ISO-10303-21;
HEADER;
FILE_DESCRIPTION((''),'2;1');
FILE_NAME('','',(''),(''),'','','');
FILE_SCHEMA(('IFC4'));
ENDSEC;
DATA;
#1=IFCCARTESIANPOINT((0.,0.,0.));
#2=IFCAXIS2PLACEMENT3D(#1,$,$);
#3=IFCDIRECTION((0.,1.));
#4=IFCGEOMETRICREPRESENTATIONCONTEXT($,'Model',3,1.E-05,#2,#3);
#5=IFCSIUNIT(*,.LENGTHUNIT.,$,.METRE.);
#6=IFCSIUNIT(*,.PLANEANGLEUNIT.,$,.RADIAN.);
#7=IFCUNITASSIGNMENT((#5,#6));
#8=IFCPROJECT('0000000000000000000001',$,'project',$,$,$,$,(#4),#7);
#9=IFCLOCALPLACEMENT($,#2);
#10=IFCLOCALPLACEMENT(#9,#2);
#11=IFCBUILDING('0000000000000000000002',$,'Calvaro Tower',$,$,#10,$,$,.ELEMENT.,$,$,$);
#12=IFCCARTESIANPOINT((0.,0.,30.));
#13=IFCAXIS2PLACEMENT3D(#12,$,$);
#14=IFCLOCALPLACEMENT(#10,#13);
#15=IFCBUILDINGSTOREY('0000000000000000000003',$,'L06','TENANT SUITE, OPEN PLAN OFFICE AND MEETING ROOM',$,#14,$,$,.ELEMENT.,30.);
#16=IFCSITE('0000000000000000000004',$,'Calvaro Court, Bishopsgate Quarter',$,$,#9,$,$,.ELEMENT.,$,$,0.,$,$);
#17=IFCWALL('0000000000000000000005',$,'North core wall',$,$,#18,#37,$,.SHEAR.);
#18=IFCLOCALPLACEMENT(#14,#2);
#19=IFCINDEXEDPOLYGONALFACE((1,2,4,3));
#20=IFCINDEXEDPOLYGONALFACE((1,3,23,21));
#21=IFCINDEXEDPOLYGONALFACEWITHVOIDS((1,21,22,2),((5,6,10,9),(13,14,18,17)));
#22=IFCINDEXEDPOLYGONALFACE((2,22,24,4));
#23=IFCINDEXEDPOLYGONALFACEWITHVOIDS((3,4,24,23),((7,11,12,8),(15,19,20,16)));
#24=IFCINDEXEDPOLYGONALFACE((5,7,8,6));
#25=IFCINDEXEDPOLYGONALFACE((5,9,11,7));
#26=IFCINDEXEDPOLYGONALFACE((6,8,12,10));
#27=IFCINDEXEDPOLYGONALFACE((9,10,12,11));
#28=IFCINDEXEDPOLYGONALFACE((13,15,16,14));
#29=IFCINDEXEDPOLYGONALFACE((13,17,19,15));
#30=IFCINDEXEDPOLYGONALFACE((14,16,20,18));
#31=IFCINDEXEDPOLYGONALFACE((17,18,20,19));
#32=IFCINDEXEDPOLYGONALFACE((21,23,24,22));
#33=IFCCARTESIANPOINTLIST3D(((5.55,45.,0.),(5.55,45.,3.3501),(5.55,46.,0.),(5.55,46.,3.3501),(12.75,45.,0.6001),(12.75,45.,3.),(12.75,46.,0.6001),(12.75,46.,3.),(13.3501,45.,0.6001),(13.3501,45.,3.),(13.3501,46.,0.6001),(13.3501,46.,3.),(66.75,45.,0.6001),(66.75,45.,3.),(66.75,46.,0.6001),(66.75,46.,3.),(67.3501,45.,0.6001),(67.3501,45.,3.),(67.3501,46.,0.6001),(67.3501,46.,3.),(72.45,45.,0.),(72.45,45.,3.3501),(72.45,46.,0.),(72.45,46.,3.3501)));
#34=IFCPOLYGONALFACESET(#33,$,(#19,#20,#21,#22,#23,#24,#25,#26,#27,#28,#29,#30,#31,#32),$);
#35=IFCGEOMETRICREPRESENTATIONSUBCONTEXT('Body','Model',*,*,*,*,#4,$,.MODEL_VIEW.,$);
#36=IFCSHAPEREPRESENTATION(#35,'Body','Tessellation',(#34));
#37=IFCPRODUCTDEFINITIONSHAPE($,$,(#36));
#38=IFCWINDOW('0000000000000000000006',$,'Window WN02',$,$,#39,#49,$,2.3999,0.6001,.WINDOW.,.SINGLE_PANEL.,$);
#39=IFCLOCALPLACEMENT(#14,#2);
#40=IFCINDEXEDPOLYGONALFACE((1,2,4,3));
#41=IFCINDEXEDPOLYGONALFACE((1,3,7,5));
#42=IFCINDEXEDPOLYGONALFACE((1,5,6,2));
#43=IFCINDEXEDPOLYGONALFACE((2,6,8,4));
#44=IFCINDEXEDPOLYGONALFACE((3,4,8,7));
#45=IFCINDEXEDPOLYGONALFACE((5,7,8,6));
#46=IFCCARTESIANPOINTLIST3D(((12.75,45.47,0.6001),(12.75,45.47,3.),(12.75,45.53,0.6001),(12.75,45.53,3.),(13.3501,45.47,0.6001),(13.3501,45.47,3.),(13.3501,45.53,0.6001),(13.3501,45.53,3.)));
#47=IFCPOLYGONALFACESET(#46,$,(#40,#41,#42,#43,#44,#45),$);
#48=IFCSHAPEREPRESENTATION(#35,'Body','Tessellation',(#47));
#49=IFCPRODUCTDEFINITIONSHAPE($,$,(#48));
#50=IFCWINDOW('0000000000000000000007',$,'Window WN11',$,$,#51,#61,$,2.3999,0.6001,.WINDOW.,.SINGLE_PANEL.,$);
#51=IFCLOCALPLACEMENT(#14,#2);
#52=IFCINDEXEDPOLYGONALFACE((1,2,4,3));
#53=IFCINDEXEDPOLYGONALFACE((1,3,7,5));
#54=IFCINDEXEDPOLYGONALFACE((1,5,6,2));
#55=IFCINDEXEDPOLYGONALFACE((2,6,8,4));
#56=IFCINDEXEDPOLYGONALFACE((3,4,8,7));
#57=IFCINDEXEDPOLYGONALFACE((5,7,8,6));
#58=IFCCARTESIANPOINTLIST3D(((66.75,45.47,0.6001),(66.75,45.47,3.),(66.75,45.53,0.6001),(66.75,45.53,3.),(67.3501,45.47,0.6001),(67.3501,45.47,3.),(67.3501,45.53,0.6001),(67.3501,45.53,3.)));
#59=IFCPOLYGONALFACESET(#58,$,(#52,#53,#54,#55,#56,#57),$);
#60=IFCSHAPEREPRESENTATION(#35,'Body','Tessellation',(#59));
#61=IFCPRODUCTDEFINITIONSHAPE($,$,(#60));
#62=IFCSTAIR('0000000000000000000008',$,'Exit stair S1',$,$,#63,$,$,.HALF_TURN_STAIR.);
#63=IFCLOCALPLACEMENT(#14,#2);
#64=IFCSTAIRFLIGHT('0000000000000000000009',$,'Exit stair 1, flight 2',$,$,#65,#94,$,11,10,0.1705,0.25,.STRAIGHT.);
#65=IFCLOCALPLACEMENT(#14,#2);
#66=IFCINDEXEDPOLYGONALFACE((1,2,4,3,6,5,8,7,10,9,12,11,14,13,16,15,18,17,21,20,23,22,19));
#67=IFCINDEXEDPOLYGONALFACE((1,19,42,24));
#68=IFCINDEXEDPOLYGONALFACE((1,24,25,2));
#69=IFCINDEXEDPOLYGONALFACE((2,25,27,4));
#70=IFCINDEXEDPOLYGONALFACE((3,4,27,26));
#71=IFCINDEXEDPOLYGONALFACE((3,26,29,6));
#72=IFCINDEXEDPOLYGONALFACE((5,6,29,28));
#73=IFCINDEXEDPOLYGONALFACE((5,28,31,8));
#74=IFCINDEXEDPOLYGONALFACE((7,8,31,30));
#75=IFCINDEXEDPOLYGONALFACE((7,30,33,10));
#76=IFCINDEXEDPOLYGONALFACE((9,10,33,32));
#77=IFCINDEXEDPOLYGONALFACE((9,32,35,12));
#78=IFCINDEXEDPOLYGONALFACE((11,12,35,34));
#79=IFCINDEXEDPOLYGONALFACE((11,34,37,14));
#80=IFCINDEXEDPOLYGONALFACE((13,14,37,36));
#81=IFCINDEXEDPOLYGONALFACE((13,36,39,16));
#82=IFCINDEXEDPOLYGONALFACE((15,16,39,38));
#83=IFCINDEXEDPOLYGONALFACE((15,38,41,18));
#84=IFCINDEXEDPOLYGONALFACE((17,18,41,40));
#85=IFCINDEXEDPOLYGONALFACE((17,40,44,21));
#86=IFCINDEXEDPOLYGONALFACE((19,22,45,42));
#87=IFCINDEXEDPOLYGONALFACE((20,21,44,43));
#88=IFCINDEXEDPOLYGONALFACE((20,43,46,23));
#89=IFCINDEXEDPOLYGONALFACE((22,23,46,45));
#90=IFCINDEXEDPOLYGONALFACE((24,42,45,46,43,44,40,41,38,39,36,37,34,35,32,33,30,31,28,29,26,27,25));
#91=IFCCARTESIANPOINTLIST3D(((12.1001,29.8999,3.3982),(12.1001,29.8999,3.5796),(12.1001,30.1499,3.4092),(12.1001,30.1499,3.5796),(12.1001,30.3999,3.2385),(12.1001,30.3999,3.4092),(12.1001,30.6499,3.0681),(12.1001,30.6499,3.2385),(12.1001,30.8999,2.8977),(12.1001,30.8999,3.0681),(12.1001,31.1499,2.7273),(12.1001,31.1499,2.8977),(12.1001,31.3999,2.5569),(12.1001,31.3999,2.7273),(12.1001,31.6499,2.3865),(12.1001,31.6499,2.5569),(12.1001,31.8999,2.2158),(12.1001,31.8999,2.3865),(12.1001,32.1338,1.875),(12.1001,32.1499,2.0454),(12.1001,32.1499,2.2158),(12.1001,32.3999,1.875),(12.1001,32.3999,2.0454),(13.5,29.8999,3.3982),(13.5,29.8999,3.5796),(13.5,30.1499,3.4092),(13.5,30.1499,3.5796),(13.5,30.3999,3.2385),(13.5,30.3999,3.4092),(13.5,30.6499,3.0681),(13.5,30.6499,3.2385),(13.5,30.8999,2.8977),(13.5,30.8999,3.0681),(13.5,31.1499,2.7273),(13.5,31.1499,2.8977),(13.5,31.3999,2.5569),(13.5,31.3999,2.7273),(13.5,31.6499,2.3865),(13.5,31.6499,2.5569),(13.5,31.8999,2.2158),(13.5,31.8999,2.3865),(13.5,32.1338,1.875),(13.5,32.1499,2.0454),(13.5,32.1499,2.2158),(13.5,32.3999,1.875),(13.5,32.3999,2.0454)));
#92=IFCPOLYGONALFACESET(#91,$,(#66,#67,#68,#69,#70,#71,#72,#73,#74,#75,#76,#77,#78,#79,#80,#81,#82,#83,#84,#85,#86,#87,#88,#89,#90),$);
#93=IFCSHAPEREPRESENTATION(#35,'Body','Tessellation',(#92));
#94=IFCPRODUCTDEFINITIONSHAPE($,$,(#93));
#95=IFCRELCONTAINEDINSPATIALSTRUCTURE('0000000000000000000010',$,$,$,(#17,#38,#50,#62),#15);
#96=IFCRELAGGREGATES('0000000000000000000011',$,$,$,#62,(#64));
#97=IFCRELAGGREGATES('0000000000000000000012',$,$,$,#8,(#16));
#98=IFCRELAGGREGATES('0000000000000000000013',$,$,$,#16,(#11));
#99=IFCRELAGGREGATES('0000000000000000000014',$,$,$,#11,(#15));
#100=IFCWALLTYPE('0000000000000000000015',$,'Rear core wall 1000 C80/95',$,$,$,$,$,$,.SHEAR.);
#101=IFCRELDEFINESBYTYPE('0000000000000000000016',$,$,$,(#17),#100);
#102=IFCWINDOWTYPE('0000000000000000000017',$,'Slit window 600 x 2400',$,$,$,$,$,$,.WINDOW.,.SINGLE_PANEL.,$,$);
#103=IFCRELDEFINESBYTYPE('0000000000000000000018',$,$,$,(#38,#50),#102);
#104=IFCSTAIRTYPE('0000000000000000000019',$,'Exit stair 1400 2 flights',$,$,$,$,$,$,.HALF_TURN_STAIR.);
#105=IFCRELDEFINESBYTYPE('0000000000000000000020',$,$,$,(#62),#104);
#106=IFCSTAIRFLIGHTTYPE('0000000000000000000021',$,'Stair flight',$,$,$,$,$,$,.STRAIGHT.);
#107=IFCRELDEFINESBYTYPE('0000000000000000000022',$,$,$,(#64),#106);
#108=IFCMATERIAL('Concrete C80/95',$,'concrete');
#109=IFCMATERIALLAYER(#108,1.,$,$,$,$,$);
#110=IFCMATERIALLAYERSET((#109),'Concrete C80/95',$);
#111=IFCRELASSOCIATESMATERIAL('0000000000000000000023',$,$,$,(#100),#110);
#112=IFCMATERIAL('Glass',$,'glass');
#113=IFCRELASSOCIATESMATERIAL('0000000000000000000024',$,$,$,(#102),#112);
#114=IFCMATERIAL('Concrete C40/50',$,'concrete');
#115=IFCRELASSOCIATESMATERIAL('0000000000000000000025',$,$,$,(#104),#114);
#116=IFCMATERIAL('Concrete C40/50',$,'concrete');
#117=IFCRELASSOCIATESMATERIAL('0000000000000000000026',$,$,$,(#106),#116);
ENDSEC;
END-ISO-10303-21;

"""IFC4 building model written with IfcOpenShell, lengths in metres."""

from ifc_helpers import new_model, si_unit, direction, frame, frame_2d, origin, place, context, subcontext, project, spatial, polyline, rectangle, outline, extrude, material, layer, layer_set, type_object, element, fill, aggregate, save


model = new_model("IFC4")

# Units and contexts
model_context = context("Model", 3, precision=1e-05, world=origin(), true_north=direction((0.0, 1.0)))
body_context = subcontext(model_context, "Body", "Model", "MODEL_VIEW")
ifc_project = project(units=[si_unit("LENGTHUNIT", "METRE"), si_unit("PLANEANGLEUNIT", "RADIAN")], contexts=[model_context])

# Site, building, storey
site_placement = place(None, origin())
site = spatial("IfcSite", under=ifc_project, at=site_placement, Name="Calvaro Court, Bishopsgate Quarter", CompositionType="ELEMENT", RefElevation=0.0)
building_placement = place(site_placement, origin())
building = spatial("IfcBuilding", under=site, at=building_placement, Name="Calvaro Tower", CompositionType="ELEMENT")
storey_placement = place(building_placement, frame((0.0, 0.0, 30.0)))
storey = spatial("IfcBuildingStorey", under=building, at=storey_placement, Name="L06", Description="TENANT SUITE, OPEN PLAN OFFICE AND MEETING ROOM", CompositionType="ELEMENT", Elevation=30.0)

# Wall, openings, windows
ifc_material_1 = material(Name="Concrete C80/95", Category="concrete")
ifc_layer_1 = layer(ifc_material_1, 1.0)
ifc_layer_set_1 = layer_set([ifc_layer_1], Name="Concrete C80/95")
wall_type_1 = type_object("IfcWallType", Name="Rear core wall 1000 C80/95", PredefinedType="SHEAR", material=ifc_layer_set_1)
wall_1_placement = place(storey_placement, frame((5.55, 45.5, 0.0), z_axis=(0.0, 0.0, 1.0), x_axis=(1.0, 0.0, 0.0)))
wall_1 = element("IfcWall", 1, at=wall_1_placement, inside=storey, type_object=wall_type_1, Name="North core wall", PredefinedType="SHEAR", context=body_context, shape_type="SweptSolid", body=[
    extrude(rectangle(XDim=66.8999, YDim=1.0, at=frame_2d((33.45, 0.0))), origin(), (0.0, 0.0, 1.0), 3.3501),
])
opening_1_placement = place(wall_1_placement, frame((7.2, 0.0, 0.6001)))
opening_1 = element("IfcOpeningElement", 2, at=opening_1_placement, cuts=wall_1, PredefinedType="OPENING", context=body_context, shape_type="SweptSolid", body=[
    extrude(rectangle(XDim=0.6001, YDim=2.3999, at=frame_2d((0.3, 1.2))), frame((0.0, 0.51, 0.0), z_axis=(0.0, -1.0, 0.0), x_axis=(1.0, 0.0, 0.0)), (0.0, 0.0, 1.0), 1.02),
])
opening_2_placement = place(wall_1_placement, frame((61.2, 0.0, 0.6001)))
opening_2 = element("IfcOpeningElement", 3, at=opening_2_placement, cuts=wall_1, PredefinedType="OPENING", context=body_context, shape_type="SweptSolid", body=[
    extrude(rectangle(XDim=0.6001, YDim=2.3999, at=frame_2d((0.3, 1.2))), frame((0.0, 0.51, 0.0), z_axis=(0.0, -1.0, 0.0), x_axis=(1.0, 0.0, 0.0)), (0.0, 0.0, 1.0), 1.02),
])
ifc_material_2 = material(Name="Glass", Category="glass")
window_type = type_object("IfcWindowType", Name="Slit window 600 x 2400", PartitioningType="SINGLE_PANEL", PredefinedType="WINDOW", material=ifc_material_2)
window_1_placement = place(opening_1_placement, origin())
window_1 = element("IfcWindow", 4, at=window_1_placement, inside=storey, type_object=window_type, Name="Window WN02", OverallHeight=2.3999, OverallWidth=0.6001, PartitioningType="SINGLE_PANEL", PredefinedType="WINDOW", context=body_context, shape_type="SweptSolid", body=[
    extrude(rectangle(XDim=0.6001, YDim=2.3999, at=frame_2d((0.3, 1.2))), frame((0.0, 0.03, 0.0), z_axis=(0.0, -1.0, 0.0), x_axis=(1.0, 0.0, 0.0)), (0.0, 0.0, 1.0), 0.0601),
])
fill(opening_1, window_1)
window_2_placement = place(opening_2_placement, origin())
window_2 = element("IfcWindow", 5, at=window_2_placement, inside=storey, type_object=window_type, Name="Window WN11", OverallHeight=2.3999, OverallWidth=0.6001, PartitioningType="SINGLE_PANEL", PredefinedType="WINDOW", context=body_context, shape_type="SweptSolid", body=[
    extrude(rectangle(XDim=0.6001, YDim=2.3999, at=frame_2d((0.3, 1.2))), frame((0.0, 0.03, 0.0), z_axis=(0.0, -1.0, 0.0), x_axis=(1.0, 0.0, 0.0)), (0.0, 0.0, 1.0), 0.0601),
])
fill(opening_2, window_2)

# Stair, stair flight
ifc_material_3 = material(Name="Concrete C40/50", Category="concrete")
stair_type = type_object("IfcStairType", Name="Exit stair 1400 2 flights", PredefinedType="HALF_TURN_STAIR", material=ifc_material_3)
stair_placement = place(storey_placement, origin())
stair = element("IfcStair", 6, at=stair_placement, inside=storey, type_object=stair_type, Name="Exit stair S1", PredefinedType="HALF_TURN_STAIR")
ifc_material_4 = material(Name="Concrete C40/50", Category="concrete")
stair_flight_type = type_object("IfcStairFlightType", Name="Stair flight", PredefinedType="STRAIGHT", material=ifc_material_4)
stair_flight_placement = place(storey_placement, frame((12.8, 32.3999, 1.875), z_axis=(0.0, 0.0, 1.0), x_axis=(0.0, -1.0, 0.0)))
stair_flight = element("IfcStairFlight", 7, at=stair_flight_placement, type_object=stair_flight_type, Name="Exit stair 1, flight 2", NumberOfRisers=11, NumberOfTreads=10, PredefinedType="STRAIGHT", RiserHeight=0.1705, TreadLength=0.25, context=body_context, shape_type="SweptSolid", body=[
    extrude(outline(polyline([(0.0, 0.0), (0.0, 0.1704), (0.25, 0.1704), (0.25, 0.3408), (0.5, 0.3408), (0.5, 0.5115), (0.75, 0.5115), (0.75, 0.6819), (1.0, 0.6819), (1.0, 0.8523), (1.25, 0.8523), (1.25, 1.0227), (1.5, 1.0227), (1.5, 1.1931), (1.75, 1.1931), (1.75, 1.3635), (2.0, 1.3635), (2.0, 1.5342), (2.25, 1.5342), (2.25, 1.7046), (2.5, 1.7046), (2.5, 1.875), (2.5, 1.5232), (0.2661, 0.0), (0.0, 0.0)])), frame((0.0, 0.7, 0.0), z_axis=(0.0, -1.0, 0.0), x_axis=(1.0, 0.0, 0.0)), (0.0, 0.0, 1.0), 1.3999),
])
aggregate(stair, [stair_flight])

save(model, "model.ifc")
